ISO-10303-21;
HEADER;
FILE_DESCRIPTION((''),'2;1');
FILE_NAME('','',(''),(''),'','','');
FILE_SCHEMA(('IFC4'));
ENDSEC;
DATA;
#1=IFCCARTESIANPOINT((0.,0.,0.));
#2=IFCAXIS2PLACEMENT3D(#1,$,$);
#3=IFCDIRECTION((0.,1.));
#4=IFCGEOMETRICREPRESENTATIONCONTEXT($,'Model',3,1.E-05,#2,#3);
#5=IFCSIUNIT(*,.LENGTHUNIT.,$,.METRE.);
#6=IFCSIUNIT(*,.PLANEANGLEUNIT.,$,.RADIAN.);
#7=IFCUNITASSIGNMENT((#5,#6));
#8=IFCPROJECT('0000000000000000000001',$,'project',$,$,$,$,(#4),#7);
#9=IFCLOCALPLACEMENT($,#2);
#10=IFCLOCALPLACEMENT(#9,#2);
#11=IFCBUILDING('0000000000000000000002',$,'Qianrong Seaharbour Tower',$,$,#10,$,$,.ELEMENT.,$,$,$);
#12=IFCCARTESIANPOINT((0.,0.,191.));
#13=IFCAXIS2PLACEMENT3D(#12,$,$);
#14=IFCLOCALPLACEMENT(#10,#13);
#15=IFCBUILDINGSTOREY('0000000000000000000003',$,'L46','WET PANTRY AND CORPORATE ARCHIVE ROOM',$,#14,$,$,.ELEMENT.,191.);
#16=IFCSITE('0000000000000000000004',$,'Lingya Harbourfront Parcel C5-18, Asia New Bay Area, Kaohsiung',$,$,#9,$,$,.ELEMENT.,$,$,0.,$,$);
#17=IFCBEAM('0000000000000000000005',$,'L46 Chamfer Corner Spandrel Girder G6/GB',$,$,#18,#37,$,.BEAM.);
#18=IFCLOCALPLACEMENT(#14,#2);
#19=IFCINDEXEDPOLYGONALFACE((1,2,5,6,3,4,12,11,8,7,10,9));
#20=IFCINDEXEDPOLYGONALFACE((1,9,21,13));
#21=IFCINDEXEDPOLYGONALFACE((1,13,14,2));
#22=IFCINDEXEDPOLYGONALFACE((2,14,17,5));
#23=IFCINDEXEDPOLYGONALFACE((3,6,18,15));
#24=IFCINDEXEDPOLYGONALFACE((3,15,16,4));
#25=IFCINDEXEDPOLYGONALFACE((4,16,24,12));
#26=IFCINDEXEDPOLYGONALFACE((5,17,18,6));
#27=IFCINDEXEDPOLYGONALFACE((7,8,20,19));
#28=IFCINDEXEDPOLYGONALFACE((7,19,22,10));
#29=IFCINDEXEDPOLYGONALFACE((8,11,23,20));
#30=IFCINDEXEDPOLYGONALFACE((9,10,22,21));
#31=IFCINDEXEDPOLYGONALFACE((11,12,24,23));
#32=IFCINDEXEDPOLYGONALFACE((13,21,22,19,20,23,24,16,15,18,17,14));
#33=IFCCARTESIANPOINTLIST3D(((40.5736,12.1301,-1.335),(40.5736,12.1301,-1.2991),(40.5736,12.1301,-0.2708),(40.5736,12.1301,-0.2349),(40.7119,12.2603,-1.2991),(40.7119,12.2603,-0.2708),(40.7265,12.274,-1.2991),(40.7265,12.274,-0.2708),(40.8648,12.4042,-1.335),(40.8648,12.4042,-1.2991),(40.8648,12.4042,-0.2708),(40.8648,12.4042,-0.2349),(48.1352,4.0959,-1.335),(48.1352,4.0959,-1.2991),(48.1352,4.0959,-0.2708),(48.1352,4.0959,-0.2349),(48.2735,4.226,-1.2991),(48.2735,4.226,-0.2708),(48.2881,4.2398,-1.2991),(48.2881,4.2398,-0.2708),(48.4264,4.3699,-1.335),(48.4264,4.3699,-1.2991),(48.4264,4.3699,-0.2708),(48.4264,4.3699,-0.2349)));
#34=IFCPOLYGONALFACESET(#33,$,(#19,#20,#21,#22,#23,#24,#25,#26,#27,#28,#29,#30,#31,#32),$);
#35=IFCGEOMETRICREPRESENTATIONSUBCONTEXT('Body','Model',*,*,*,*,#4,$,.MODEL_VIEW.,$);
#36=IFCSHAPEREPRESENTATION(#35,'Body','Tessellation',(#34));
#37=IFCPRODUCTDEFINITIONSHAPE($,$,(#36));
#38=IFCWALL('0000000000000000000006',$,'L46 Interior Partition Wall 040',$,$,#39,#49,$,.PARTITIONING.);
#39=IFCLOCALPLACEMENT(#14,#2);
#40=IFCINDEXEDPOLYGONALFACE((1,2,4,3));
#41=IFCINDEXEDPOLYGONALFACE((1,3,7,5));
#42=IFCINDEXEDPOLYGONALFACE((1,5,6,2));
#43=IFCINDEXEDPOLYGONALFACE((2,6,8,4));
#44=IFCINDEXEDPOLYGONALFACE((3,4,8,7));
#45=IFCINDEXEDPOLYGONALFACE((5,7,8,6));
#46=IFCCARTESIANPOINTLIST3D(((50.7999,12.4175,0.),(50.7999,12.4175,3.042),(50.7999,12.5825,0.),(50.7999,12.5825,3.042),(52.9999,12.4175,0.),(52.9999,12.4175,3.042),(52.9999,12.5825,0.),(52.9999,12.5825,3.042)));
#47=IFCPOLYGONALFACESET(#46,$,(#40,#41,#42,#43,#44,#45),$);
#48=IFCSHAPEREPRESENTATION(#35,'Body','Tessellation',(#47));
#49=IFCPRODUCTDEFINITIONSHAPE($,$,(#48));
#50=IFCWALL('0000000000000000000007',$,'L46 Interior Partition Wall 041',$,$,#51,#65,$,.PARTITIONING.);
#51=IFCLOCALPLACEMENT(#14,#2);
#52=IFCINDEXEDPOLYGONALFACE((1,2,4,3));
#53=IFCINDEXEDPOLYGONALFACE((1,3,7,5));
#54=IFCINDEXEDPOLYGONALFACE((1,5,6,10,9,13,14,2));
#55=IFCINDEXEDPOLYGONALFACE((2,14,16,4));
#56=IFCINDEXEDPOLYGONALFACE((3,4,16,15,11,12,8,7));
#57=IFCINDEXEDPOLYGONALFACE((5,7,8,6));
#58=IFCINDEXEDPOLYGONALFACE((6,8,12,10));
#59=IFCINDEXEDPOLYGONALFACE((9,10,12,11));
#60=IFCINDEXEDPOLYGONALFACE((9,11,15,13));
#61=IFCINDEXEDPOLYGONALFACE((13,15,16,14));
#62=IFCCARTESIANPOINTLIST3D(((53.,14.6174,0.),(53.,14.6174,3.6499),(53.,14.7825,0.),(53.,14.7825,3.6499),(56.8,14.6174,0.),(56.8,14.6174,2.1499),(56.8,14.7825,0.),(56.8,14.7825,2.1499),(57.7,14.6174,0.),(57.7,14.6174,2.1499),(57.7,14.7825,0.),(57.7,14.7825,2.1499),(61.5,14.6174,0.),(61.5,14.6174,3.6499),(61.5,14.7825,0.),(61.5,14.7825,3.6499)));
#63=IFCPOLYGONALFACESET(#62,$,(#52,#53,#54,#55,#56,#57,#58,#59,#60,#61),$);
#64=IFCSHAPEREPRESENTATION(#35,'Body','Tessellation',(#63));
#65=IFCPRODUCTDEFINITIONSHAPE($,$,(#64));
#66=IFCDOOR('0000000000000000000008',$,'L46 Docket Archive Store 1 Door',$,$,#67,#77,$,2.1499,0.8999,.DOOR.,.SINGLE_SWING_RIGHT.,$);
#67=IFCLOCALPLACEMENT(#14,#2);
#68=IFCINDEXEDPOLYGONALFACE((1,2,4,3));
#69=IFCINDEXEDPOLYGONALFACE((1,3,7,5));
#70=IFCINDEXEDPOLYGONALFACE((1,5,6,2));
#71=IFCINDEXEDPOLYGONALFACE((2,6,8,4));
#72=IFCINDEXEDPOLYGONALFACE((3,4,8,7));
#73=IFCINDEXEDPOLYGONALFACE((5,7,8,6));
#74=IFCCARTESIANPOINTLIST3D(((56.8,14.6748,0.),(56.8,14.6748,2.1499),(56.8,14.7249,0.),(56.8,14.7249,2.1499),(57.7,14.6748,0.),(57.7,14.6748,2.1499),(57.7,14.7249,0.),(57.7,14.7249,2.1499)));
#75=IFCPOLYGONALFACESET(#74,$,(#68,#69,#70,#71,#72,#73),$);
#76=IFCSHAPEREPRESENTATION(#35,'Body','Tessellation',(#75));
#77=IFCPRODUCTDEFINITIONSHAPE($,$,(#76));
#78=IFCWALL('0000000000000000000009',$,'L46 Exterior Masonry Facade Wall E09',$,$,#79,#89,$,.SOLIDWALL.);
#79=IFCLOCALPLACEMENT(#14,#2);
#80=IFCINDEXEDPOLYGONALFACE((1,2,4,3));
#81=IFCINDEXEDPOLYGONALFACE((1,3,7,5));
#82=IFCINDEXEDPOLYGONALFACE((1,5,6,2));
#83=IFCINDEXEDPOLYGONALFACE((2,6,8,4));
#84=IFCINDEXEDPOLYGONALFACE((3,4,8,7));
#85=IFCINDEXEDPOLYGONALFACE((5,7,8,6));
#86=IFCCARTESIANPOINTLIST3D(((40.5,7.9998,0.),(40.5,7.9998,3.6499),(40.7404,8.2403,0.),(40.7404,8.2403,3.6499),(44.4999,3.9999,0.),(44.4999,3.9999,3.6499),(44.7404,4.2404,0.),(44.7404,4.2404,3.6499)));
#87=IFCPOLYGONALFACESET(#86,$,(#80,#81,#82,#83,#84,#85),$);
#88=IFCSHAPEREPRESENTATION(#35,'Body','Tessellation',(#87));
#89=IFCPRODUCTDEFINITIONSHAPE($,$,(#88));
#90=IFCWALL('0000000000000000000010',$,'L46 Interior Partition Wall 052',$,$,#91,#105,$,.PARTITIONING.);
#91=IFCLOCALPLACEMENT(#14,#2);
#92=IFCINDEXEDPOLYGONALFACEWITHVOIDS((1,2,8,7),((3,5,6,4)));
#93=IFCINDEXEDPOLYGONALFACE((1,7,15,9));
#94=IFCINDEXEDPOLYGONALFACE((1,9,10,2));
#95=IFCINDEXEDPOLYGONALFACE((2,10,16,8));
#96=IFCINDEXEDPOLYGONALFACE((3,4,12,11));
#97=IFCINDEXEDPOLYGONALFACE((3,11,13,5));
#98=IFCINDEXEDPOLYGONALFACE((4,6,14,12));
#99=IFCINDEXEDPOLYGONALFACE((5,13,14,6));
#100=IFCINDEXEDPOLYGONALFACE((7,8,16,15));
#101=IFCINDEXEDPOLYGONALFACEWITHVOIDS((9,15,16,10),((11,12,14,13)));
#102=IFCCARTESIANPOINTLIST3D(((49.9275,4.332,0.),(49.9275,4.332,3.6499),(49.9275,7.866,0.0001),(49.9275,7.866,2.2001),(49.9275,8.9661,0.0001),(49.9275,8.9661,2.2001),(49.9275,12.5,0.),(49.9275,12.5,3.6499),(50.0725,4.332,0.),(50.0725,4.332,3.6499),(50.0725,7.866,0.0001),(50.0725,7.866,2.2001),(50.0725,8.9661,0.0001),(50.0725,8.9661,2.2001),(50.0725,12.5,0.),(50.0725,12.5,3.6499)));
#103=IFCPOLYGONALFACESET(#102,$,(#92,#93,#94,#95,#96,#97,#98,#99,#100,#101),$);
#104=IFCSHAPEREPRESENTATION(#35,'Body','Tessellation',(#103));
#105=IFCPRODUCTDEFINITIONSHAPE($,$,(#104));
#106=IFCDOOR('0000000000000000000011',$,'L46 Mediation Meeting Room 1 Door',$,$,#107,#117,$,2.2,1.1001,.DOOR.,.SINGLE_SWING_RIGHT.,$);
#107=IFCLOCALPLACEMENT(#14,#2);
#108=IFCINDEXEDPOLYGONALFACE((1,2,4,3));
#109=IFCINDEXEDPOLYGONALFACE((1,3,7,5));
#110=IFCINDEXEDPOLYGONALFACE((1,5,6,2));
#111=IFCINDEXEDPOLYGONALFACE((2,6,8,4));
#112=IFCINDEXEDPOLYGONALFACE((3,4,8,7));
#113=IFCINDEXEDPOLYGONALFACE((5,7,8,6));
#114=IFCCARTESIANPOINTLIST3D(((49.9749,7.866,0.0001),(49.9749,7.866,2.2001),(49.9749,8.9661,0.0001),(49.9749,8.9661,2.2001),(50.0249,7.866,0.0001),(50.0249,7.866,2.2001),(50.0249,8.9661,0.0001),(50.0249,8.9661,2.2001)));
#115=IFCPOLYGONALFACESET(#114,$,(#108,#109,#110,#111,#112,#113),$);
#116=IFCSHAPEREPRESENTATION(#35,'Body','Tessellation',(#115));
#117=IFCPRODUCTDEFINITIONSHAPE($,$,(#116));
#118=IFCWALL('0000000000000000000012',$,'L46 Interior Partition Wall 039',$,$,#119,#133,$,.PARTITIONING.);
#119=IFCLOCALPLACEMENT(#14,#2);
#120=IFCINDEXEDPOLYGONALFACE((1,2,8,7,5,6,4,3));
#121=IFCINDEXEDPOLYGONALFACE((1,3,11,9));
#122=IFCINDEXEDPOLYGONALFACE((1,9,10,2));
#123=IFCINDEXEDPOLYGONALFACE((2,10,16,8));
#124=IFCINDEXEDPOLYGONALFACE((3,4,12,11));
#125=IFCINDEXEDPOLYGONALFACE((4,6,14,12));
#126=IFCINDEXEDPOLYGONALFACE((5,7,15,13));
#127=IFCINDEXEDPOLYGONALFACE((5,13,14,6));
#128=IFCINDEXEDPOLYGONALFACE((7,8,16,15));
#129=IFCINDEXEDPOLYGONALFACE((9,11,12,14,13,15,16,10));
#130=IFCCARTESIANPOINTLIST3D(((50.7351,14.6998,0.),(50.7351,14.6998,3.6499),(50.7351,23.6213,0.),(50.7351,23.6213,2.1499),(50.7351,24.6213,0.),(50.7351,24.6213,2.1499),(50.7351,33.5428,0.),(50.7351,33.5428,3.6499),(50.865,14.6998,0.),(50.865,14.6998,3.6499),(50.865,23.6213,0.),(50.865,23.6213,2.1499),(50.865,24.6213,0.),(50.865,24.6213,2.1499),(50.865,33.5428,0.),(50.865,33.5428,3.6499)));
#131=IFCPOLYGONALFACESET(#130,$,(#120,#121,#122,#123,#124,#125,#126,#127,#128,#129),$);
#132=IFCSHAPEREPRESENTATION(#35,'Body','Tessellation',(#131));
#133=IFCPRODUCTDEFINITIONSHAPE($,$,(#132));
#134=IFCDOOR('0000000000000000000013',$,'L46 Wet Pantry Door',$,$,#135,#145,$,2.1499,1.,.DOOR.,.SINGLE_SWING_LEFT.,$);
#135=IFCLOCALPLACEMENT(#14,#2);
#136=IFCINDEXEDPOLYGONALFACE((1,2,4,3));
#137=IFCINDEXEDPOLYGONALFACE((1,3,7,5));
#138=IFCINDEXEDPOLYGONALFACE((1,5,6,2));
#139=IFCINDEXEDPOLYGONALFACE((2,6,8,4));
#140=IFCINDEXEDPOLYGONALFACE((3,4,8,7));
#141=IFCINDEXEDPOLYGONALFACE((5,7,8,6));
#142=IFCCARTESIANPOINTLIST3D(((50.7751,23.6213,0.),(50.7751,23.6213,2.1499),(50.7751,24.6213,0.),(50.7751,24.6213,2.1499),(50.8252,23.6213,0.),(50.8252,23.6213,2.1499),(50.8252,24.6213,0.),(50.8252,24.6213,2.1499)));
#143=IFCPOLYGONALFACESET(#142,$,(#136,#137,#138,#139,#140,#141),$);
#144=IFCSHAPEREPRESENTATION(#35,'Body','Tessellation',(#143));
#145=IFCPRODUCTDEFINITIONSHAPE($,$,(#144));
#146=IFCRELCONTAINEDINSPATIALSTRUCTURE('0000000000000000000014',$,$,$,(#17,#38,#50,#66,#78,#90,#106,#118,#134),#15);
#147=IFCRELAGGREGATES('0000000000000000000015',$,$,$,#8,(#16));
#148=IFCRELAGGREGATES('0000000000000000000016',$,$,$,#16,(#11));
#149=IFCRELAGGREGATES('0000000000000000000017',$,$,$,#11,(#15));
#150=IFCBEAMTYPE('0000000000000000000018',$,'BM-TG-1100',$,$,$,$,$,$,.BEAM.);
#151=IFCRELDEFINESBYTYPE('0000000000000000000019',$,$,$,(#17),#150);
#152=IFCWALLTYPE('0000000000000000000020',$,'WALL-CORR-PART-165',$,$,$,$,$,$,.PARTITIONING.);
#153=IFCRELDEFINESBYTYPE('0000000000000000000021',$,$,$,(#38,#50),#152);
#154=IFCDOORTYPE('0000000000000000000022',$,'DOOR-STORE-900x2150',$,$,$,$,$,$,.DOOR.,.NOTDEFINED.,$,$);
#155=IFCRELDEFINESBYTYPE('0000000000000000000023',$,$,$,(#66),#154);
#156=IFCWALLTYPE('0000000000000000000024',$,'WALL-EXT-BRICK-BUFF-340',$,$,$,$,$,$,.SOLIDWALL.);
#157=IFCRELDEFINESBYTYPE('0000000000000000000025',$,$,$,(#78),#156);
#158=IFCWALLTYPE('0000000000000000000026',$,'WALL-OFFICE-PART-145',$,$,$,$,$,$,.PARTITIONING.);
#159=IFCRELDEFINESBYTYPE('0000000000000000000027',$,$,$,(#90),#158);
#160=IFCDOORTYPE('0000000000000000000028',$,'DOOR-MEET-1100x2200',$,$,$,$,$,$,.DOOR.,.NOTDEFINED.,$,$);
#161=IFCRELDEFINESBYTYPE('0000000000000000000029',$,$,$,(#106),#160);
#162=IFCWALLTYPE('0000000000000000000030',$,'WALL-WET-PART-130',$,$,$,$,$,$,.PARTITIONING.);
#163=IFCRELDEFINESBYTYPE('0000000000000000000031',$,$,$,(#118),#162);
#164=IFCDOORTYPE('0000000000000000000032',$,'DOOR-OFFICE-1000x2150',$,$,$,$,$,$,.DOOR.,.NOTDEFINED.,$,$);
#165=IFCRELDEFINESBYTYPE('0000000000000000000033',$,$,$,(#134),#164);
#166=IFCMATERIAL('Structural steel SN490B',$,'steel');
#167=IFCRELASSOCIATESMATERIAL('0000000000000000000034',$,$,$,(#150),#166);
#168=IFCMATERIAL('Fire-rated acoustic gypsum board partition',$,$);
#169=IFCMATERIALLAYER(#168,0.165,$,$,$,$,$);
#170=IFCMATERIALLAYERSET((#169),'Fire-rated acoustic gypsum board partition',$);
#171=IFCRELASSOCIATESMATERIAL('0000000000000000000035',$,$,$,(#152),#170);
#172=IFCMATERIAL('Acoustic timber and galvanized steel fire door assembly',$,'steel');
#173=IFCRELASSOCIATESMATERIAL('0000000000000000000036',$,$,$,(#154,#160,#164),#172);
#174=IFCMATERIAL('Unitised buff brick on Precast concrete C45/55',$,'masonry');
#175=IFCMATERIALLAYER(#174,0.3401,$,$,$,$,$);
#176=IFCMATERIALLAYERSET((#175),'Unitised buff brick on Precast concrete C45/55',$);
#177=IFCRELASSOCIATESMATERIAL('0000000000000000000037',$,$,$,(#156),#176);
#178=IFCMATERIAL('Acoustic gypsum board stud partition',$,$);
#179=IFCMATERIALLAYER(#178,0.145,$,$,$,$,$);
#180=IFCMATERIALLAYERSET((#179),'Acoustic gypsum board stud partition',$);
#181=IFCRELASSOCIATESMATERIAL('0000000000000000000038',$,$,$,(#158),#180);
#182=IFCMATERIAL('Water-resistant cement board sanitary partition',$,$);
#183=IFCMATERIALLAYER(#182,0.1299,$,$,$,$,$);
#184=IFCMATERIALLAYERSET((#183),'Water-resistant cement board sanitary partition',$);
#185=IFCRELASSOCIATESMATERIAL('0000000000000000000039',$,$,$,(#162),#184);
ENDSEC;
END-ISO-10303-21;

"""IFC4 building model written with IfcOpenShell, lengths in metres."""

from ifc_helpers import new_model, si_unit, direction, frame, frame_2d, origin, origin_2d, place, context, subcontext, project, spatial, rectangle, i_section, extrude, material, layer, layer_set, material_profile, profile_set, type_object, element, fill, save


model = new_model("IFC4")

# Units and contexts
model_context = context("Model", 3, precision=1e-05, world=origin(), true_north=direction((0.0, 1.0)))
body_context = subcontext(model_context, "Body", "Model", "MODEL_VIEW")
ifc_project = project(units=[si_unit("LENGTHUNIT", "METRE"), si_unit("PLANEANGLEUNIT", "RADIAN")], contexts=[model_context])

# Site, building, storey
site_placement = place(None, origin())
site = spatial("IfcSite", under=ifc_project, at=site_placement, Name="Lingya Harbourfront Parcel C5-18, Asia New Bay Area, Kaohsiung", CompositionType="ELEMENT", RefElevation=0.0)
building_placement = place(site_placement, origin())
building = spatial("IfcBuilding", under=site, at=building_placement, Name="Qianrong Seaharbour Tower", CompositionType="ELEMENT")
storey_placement = place(building_placement, frame((0.0, 0.0, 191.0)))
storey = spatial("IfcBuildingStorey", under=building, at=storey_placement, Name="L46", Description="WET PANTRY AND CORPORATE ARCHIVE ROOM", CompositionType="ELEMENT", Elevation=191.0)

# Shared definitions
ifc_material_1 = material(Name="Structural steel SN490B", Category="steel")

# Beam
ifc_material_profile_1 = material_profile(ifc_material_1, i_section(OverallWidth=0.3999, OverallDepth=1.1001, WebThickness=0.02, FlangeThickness=0.0359, at=origin_2d()), Name="BH1100x400x20x36")
ifc_profile_set_1 = profile_set([ifc_material_profile_1], Name="Structural steel SN490B")
beam_type_1 = type_object("IfcBeamType", Name="BM-TG-1100", PredefinedType="BEAM", material=ifc_profile_set_1)
beam_1_placement = place(storey_placement, frame((48.2808, 4.2329, -0.7849), z_axis=(-0.685362, 0.728203, 0.0), x_axis=(-0.728203, -0.685362, 0.0)))
element("IfcBeam", 1, at=beam_1_placement, inside=storey, type_object=beam_type_1, Name="L46 Chamfer Corner Spandrel Girder G6/GB", PredefinedType="BEAM", context=body_context, shape_type="SweptSolid", body=[
    extrude(i_section(OverallWidth=0.3999, OverallDepth=1.1001, WebThickness=0.02, FlangeThickness=0.0359, at=origin_2d()), origin(), (0.0, 0.0, 1.0), 11.033),
])

# Wall
ifc_material_2 = material(Name="Fire-rated acoustic gypsum board partition")
ifc_layer_1 = layer(ifc_material_2, 0.165)
ifc_layer_set_1 = layer_set([ifc_layer_1], Name="Fire-rated acoustic gypsum board partition")
wall_type_1 = type_object("IfcWallType", Name="WALL-CORR-PART-165", PredefinedType="PARTITIONING", material=ifc_layer_set_1)
wall_1_placement = place(storey_placement, frame((53.0, 12.5, 0.0), z_axis=(0.0, 0.0, 1.0), x_axis=(-1.0, 0.0, 0.0)))
element("IfcWall", 2, at=wall_1_placement, inside=storey, type_object=wall_type_1, Name="L46 Interior Partition Wall 040", PredefinedType="PARTITIONING", context=body_context, shape_type="SweptSolid", body=[
    extrude(rectangle(XDim=2.2, YDim=0.165, at=frame_2d((1.1001, 0.0))), origin(), (0.0, 0.0, 1.0), 3.042),
])

# Wall, opening, door
wall_2_placement = place(storey_placement, frame((53.0, 14.7, 0.0), z_axis=(0.0, 0.0, 1.0), x_axis=(1.0, 0.0, 0.0)))
wall_2 = element("IfcWall", 3, at=wall_2_placement, inside=storey, type_object=wall_type_1, Name="L46 Interior Partition Wall 041", PredefinedType="PARTITIONING", context=body_context, shape_type="SweptSolid", body=[
    extrude(rectangle(XDim=8.5, YDim=0.165, at=frame_2d((4.25, 0.0))), origin(), (0.0, 0.0, 1.0), 3.6499),
])
opening_1_placement = place(wall_2_placement, frame((3.8, 0.0, 0.0)))
opening_1 = element("IfcOpeningElement", 4, at=opening_1_placement, cuts=wall_2, PredefinedType="OPENING", context=body_context, shape_type="SweptSolid", body=[
    extrude(rectangle(XDim=0.8999, YDim=2.1499, at=frame_2d((0.45, 1.075))), frame((0.0, 0.0925, 0.0), z_axis=(0.0, -1.0, 0.0), x_axis=(1.0, 0.0, 0.0)), (0.0, 0.0, 1.0), 0.1851),
])
ifc_material_3 = material(Name="Acoustic timber and galvanized steel fire door assembly", Category="steel")
door_type_1 = type_object("IfcDoorType", Name="DOOR-STORE-900x2150", OperationType="NOTDEFINED", PredefinedType="DOOR", material=ifc_material_3)
door_1_placement = place(opening_1_placement, origin())
door_1 = element("IfcDoor", 5, at=door_1_placement, inside=storey, type_object=door_type_1, Name="L46 Docket Archive Store 1 Door", OperationType="SINGLE_SWING_RIGHT", OverallHeight=2.1499, OverallWidth=0.8999, PredefinedType="DOOR", context=body_context, shape_type="SweptSolid", body=[
    extrude(rectangle(XDim=0.8999, YDim=2.1499, at=frame_2d((0.45, 1.075))), frame((0.0, 0.0249, 0.0), z_axis=(0.0, -1.0, 0.0), x_axis=(1.0, 0.0, 0.0)), (0.0, 0.0, 1.0), 0.05),
])
fill(opening_1, door_1)

# Wall
ifc_material_4 = material(Name="Unitised buff brick on Precast concrete C45/55", Category="masonry")
ifc_layer_2 = layer(ifc_material_4, 0.3401)
ifc_layer_set_2 = layer_set([ifc_layer_2], Name="Unitised buff brick on Precast concrete C45/55")
wall_type_2 = type_object("IfcWallType", Name="WALL-EXT-BRICK-BUFF-340", PredefinedType="SOLIDWALL", material=ifc_layer_set_2)
wall_3_placement = place(storey_placement, frame((44.6201, 4.1201, 0.0), z_axis=(0.0, 0.0, 1.0), x_axis=(-0.707107, 0.707107, 0.0)))
element("IfcWall", 6, at=wall_3_placement, inside=storey, type_object=wall_type_2, Name="L46 Exterior Masonry Facade Wall E09", PredefinedType="SOLIDWALL", context=body_context, shape_type="SweptSolid", body=[
    extrude(rectangle(XDim=5.6567, YDim=0.3401, at=frame_2d((2.8284, 0.0))), origin(), (0.0, 0.0, 1.0), 3.6499),
])

# Walls, openings, doors
ifc_material_5 = material(Name="Acoustic gypsum board stud partition")
ifc_layer_3 = layer(ifc_material_5, 0.145)
ifc_layer_set_3 = layer_set([ifc_layer_3], Name="Acoustic gypsum board stud partition")
wall_type_3 = type_object("IfcWallType", Name="WALL-OFFICE-PART-145", PredefinedType="PARTITIONING", material=ifc_layer_set_3)
wall_4_placement = place(storey_placement, frame((50.0, 12.5, 0.0), z_axis=(0.0, 0.0, 1.0), x_axis=(0.0, -1.0, 0.0)))
wall_4 = element("IfcWall", 7, at=wall_4_placement, inside=storey, type_object=wall_type_3, Name="L46 Interior Partition Wall 052", PredefinedType="PARTITIONING", context=body_context, shape_type="SweptSolid", body=[
    extrude(rectangle(XDim=8.168, YDim=0.145, at=frame_2d((4.084, 0.0))), origin(), (0.0, 0.0, 1.0), 3.6499),
])
opening_2_placement = place(wall_4_placement, frame((3.5339, 0.0, 0.0)))
opening_2 = element("IfcOpeningElement", 8, at=opening_2_placement, cuts=wall_4, PredefinedType="OPENING", context=body_context, shape_type="SweptSolid", body=[
    extrude(rectangle(XDim=1.1001, YDim=2.2, at=frame_2d((0.55, 1.1001))), frame((0.0, 0.0825, 0.0), z_axis=(0.0, -1.0, 0.0), x_axis=(1.0, 0.0, 0.0)), (0.0, 0.0, 1.0), 0.165),
])
door_type_2 = type_object("IfcDoorType", Name="DOOR-MEET-1100x2200", OperationType="NOTDEFINED", PredefinedType="DOOR", material=ifc_material_3)
door_2_placement = place(opening_2_placement, origin())
door_2 = element("IfcDoor", 9, at=door_2_placement, inside=storey, type_object=door_type_2, Name="L46 Mediation Meeting Room 1 Door", OperationType="SINGLE_SWING_RIGHT", OverallHeight=2.2, OverallWidth=1.1001, PredefinedType="DOOR", context=body_context, shape_type="SweptSolid", body=[
    extrude(rectangle(XDim=1.1001, YDim=2.2, at=frame_2d((0.55, 1.1001))), frame((0.0, 0.0249, 0.0), z_axis=(0.0, -1.0, 0.0), x_axis=(1.0, 0.0, 0.0)), (0.0, 0.0, 1.0), 0.05),
])
fill(opening_2, door_2)
ifc_material_6 = material(Name="Water-resistant cement board sanitary partition")
ifc_layer_4 = layer(ifc_material_6, 0.1299)
ifc_layer_set_4 = layer_set([ifc_layer_4], Name="Water-resistant cement board sanitary partition")
wall_type_4 = type_object("IfcWallType", Name="WALL-WET-PART-130", PredefinedType="PARTITIONING", material=ifc_layer_set_4)
wall_5_placement = place(storey_placement, frame((50.8, 14.7, 0.0), z_axis=(0.0, 0.0, 1.0), x_axis=(0.0, 1.0, 0.0)))
wall_5 = element("IfcWall", 10, at=wall_5_placement, inside=storey, type_object=wall_type_4, Name="L46 Interior Partition Wall 039", PredefinedType="PARTITIONING", context=body_context, shape_type="SweptSolid", body=[
    extrude(rectangle(XDim=18.843, YDim=0.1299, at=frame_2d((9.4214, 0.0))), origin(), (0.0, 0.0, 1.0), 3.6499),
])
opening_3_placement = place(wall_5_placement, frame((8.9214, 0.0, 0.0)))
opening_3 = element("IfcOpeningElement", 11, at=opening_3_placement, cuts=wall_5, PredefinedType="OPENING", context=body_context, shape_type="SweptSolid", body=[
    extrude(rectangle(XDim=1.0, YDim=2.1499, at=frame_2d((0.5, 1.075))), frame((0.0, 0.075, 0.0), z_axis=(0.0, -1.0, 0.0), x_axis=(1.0, 0.0, 0.0)), (0.0, 0.0, 1.0), 0.1499),
])
door_type_3 = type_object("IfcDoorType", Name="DOOR-OFFICE-1000x2150", OperationType="NOTDEFINED", PredefinedType="DOOR", material=ifc_material_3)
door_3_placement = place(opening_3_placement, origin())
door_3 = element("IfcDoor", 12, at=door_3_placement, inside=storey, type_object=door_type_3, Name="L46 Wet Pantry Door", OperationType="SINGLE_SWING_LEFT", OverallHeight=2.1499, OverallWidth=1.0, PredefinedType="DOOR", context=body_context, shape_type="SweptSolid", body=[
    extrude(rectangle(XDim=1.0, YDim=2.1499, at=frame_2d((0.5, 1.075))), frame((0.0, 0.0249, 0.0), z_axis=(0.0, -1.0, 0.0), x_axis=(1.0, 0.0, 0.0)), (0.0, 0.0, 1.0), 0.05),
])
fill(opening_3, door_3)

save(model, "model.ifc")
